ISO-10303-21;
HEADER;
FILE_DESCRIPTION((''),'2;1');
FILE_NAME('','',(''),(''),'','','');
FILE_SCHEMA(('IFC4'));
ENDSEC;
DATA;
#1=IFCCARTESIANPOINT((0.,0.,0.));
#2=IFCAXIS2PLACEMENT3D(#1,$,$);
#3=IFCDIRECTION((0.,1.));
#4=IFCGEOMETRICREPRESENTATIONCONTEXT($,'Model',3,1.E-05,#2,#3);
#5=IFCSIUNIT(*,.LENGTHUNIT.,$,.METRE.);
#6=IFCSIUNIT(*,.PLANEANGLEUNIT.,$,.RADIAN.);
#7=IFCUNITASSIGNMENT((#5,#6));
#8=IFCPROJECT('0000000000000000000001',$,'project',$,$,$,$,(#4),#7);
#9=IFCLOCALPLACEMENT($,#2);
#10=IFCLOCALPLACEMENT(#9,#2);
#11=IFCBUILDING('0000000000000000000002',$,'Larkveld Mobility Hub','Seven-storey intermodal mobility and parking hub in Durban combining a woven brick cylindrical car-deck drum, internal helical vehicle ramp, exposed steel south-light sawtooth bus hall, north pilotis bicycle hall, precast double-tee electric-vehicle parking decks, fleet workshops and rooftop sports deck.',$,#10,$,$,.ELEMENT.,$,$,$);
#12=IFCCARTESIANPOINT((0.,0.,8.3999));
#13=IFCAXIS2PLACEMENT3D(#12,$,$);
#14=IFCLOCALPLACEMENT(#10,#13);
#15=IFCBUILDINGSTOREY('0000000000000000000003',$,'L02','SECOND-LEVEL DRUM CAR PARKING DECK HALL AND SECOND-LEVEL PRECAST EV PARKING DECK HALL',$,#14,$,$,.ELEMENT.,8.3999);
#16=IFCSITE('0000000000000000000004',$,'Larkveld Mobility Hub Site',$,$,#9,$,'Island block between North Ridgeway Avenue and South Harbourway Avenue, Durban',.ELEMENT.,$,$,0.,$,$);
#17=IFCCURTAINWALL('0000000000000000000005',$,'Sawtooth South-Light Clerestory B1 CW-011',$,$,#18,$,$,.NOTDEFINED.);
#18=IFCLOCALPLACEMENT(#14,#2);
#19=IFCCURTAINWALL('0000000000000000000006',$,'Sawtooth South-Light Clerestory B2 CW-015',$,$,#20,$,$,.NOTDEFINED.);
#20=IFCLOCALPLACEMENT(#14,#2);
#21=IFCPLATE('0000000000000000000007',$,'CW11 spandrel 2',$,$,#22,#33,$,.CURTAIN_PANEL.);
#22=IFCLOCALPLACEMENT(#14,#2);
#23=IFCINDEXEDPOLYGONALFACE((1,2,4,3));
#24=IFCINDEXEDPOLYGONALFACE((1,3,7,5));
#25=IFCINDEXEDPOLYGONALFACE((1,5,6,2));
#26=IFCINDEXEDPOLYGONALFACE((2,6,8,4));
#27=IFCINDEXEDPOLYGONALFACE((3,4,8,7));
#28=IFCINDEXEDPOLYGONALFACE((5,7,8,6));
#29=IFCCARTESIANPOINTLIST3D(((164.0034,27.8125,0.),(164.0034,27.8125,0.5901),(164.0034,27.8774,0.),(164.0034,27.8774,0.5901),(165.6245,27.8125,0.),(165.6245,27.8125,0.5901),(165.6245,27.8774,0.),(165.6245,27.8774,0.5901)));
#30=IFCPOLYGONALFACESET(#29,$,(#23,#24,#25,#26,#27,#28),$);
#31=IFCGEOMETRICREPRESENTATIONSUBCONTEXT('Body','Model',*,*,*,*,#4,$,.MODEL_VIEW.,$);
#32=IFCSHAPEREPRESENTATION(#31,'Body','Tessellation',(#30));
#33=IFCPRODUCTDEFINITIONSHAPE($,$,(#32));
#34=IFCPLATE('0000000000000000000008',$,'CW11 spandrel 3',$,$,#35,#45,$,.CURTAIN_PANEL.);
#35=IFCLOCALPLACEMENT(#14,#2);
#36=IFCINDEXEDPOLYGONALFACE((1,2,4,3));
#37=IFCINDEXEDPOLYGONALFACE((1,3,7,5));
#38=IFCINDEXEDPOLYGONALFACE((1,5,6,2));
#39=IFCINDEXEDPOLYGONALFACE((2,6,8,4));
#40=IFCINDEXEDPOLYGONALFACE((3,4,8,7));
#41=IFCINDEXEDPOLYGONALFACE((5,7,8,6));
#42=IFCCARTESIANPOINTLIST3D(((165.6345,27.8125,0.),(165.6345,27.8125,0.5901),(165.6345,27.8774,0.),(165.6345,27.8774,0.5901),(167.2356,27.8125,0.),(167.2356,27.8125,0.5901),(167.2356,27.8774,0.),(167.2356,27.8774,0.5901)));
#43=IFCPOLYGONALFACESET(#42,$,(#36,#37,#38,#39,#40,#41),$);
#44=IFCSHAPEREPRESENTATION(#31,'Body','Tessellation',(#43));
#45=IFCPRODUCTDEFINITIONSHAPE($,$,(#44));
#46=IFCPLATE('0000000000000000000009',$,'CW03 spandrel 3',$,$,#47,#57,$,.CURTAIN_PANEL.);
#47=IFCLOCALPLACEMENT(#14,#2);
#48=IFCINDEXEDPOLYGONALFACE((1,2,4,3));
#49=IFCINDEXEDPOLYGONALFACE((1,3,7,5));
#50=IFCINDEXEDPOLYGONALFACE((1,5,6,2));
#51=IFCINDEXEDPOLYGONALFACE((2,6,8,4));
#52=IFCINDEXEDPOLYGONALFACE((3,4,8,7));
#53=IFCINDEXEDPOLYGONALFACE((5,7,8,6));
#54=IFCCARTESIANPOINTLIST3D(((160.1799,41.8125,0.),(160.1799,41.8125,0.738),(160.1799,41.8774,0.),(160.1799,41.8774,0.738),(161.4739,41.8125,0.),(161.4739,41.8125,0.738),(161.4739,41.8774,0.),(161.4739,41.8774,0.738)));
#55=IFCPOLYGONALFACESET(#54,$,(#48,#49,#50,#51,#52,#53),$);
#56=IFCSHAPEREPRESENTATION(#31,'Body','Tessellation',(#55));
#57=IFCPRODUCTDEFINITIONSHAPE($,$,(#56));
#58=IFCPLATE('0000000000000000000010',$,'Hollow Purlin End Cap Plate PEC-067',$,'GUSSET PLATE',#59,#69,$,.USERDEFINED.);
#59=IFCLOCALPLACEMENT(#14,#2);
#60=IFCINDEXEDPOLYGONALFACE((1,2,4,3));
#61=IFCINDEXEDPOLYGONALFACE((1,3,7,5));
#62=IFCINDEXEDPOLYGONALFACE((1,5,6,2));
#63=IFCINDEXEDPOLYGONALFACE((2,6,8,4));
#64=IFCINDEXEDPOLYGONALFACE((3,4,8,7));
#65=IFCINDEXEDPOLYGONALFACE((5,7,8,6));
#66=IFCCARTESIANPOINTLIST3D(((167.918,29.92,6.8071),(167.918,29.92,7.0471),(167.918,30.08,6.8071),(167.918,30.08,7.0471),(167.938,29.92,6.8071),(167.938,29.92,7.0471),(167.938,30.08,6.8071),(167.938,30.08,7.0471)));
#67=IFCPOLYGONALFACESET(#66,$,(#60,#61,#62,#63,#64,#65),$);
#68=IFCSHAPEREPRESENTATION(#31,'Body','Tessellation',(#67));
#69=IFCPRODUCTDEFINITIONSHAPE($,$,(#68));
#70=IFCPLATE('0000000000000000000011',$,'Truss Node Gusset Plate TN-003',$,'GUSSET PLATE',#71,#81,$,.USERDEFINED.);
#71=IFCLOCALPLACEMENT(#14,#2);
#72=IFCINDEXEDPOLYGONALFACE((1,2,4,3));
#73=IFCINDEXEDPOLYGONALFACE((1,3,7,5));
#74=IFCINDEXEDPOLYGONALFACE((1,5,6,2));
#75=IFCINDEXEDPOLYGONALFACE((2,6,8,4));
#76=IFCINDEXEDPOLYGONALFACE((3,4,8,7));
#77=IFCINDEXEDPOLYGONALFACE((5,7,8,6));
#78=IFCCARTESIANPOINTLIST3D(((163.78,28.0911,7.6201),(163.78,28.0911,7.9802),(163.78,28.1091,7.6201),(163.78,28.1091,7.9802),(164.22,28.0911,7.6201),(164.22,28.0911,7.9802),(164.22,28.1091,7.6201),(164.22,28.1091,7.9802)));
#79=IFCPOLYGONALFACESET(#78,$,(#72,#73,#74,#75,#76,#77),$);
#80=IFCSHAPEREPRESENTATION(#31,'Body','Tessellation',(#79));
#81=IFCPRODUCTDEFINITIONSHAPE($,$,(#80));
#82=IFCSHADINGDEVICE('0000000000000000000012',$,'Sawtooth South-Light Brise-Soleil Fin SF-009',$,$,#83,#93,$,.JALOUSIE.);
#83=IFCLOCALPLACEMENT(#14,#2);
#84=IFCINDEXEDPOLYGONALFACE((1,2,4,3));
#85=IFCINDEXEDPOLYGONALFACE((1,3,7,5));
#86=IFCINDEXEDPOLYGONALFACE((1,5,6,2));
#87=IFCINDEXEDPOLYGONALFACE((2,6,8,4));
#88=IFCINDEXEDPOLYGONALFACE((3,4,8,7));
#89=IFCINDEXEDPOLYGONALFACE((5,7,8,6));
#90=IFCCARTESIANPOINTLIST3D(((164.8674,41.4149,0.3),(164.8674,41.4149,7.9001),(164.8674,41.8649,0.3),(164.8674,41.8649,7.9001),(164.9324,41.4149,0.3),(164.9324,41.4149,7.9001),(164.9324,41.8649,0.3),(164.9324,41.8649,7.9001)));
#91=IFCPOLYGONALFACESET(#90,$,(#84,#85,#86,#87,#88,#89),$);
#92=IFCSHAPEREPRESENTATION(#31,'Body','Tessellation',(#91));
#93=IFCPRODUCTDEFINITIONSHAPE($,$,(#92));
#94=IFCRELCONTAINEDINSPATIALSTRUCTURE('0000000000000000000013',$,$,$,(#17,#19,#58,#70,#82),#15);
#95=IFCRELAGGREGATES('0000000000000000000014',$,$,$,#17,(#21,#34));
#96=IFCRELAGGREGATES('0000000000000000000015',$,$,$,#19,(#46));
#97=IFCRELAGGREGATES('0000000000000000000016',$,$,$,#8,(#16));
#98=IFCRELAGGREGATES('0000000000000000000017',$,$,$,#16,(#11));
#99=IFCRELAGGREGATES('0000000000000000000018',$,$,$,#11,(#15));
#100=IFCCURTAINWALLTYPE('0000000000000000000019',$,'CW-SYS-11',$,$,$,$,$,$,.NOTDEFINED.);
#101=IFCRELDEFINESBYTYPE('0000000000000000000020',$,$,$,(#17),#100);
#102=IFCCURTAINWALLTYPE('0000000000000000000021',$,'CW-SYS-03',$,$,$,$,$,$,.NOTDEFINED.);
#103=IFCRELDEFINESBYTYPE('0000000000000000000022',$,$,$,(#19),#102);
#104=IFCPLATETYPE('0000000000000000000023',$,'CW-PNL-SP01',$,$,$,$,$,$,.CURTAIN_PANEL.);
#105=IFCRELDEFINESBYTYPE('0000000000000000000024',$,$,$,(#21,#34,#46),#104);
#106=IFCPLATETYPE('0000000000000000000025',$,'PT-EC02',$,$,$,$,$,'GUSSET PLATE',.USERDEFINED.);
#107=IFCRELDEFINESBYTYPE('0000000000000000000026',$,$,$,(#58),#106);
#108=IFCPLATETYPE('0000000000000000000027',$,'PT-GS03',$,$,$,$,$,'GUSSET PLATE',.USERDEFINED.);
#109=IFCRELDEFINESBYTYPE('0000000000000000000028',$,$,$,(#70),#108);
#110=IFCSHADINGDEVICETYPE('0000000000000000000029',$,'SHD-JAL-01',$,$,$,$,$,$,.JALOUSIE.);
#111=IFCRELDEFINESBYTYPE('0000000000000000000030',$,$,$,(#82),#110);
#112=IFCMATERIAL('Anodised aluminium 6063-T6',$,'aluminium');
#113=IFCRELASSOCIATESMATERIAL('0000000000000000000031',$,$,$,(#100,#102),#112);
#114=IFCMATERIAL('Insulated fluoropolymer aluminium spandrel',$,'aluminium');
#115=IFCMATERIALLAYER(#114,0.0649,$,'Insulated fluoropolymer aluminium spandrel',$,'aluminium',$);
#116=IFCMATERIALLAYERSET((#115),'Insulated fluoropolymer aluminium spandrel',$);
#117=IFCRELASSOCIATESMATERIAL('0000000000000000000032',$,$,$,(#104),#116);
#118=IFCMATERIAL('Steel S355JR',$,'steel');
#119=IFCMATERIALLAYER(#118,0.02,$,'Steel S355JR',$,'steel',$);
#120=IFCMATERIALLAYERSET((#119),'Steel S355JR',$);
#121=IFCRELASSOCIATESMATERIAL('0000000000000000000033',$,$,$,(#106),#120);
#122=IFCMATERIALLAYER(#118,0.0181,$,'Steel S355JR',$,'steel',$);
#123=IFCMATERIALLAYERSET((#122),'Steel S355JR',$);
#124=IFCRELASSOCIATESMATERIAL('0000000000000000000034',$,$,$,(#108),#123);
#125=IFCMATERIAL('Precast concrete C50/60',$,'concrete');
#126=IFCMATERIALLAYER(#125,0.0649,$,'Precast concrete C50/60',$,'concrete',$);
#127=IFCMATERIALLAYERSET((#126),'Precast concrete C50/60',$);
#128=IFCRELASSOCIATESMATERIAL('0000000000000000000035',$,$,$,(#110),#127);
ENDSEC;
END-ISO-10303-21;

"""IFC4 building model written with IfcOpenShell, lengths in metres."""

from ifc_helpers import new_model, si_unit, direction, frame, origin, origin_2d, place, context, subcontext, project, spatial, rectangle, extrude, material, layer, layer_set, type_object, element, aggregate, save


model = new_model("IFC4")

# Units and contexts
model_context = context("Model", 3, precision=1e-05, world=origin(), true_north=direction((0.0, 1.0)))
body_context = subcontext(model_context, "Body", "Model", "MODEL_VIEW")
ifc_project = project(units=[si_unit("LENGTHUNIT", "METRE"), si_unit("PLANEANGLEUNIT", "RADIAN")], contexts=[model_context])

# Site, building, storey
site_placement = place(None, origin())
site = spatial("IfcSite", under=ifc_project, at=site_placement, Name="Larkveld Mobility Hub Site", LongName="Island block between North Ridgeway Avenue and South Harbourway Avenue, Durban", CompositionType="ELEMENT", RefElevation=0.0)
building_placement = place(site_placement, origin())
building = spatial("IfcBuilding", under=site, at=building_placement, Name="Larkveld Mobility Hub", Description="Seven-storey intermodal mobility and parking hub in Durban combining a woven brick cylindrical car-deck drum, internal helical vehicle ramp, exposed steel south-light sawtooth bus hall, north pilotis bicycle hall, precast double-tee electric-vehicle parking decks, fleet workshops and rooftop sports deck.", CompositionType="ELEMENT")
storey_placement = place(building_placement, frame((0.0, 0.0, 8.3999)))
storey = spatial("IfcBuildingStorey", under=building, at=storey_placement, Name="L02", Description="SECOND-LEVEL DRUM CAR PARKING DECK HALL AND SECOND-LEVEL PRECAST EV PARKING DECK HALL", CompositionType="ELEMENT", Elevation=8.3999)

# Curtain walls
ifc_material_1 = material(Name="Anodised aluminium 6063-T6", Category="aluminium")
curtain_wall_type_1 = type_object("IfcCurtainWallType", Name="CW-SYS-11", PredefinedType="NOTDEFINED", material=ifc_material_1)
curtain_wall_1_placement = place(storey_placement, origin())
curtain_wall_1 = element("IfcCurtainWall", 1, at=curtain_wall_1_placement, inside=storey, type_object=curtain_wall_type_1, Name="Sawtooth South-Light Clerestory B1 CW-011", PredefinedType="NOTDEFINED")
curtain_wall_type_2 = type_object("IfcCurtainWallType", Name="CW-SYS-03", PredefinedType="NOTDEFINED", material=ifc_material_1)
curtain_wall_2_placement = place(storey_placement, origin())
curtain_wall_2 = element("IfcCurtainWall", 2, at=curtain_wall_2_placement, inside=storey, type_object=curtain_wall_type_2, Name="Sawtooth South-Light Clerestory B2 CW-015", PredefinedType="NOTDEFINED")

# Shared definitions
ifc_material_2 = material(Name="Steel S355JR", Category="steel")

# Plates
ifc_material_3 = material(Name="Insulated fluoropolymer aluminium spandrel", Category="aluminium")
ifc_layer_1 = layer(ifc_material_3, 0.0649, Name="Insulated fluoropolymer aluminium spandrel", Category="aluminium")
ifc_layer_set_1 = layer_set([ifc_layer_1], Name="Insulated fluoropolymer aluminium spandrel")
plate_type_1 = type_object("IfcPlateType", Name="CW-PNL-SP01", PredefinedType="CURTAIN_PANEL", material=ifc_layer_set_1)
plate_1_placement = place(storey_placement, frame((164.814, 27.845, 0.0), z_axis=(0.0, 0.0, 1.0), x_axis=(1.0, 0.0, 0.0)))
plate_1 = element("IfcPlate", 3, at=plate_1_placement, type_object=plate_type_1, Name="CW11 spandrel 2", PredefinedType="CURTAIN_PANEL", context=body_context, shape_type="SweptSolid", body=[
    extrude(rectangle(XDim=1.6211, YDim=0.0649, at=origin_2d()), origin(), (0.0, 0.0, 1.0), 0.5901),
])
plate_2_placement = place(storey_placement, frame((166.4351, 27.845, 0.0), z_axis=(0.0, 0.0, 1.0), x_axis=(1.0, 0.0, 0.0)))
plate_2 = element("IfcPlate", 4, at=plate_2_placement, type_object=plate_type_1, Name="CW11 spandrel 3", PredefinedType="CURTAIN_PANEL", context=body_context, shape_type="SweptSolid", body=[
    extrude(rectangle(XDim=1.6011, YDim=0.0649, at=origin_2d()), origin(), (0.0, 0.0, 1.0), 0.5901),
])
aggregate(curtain_wall_1, [plate_1, plate_2])
plate_3_placement = place(storey_placement, frame((160.8269, 41.845, 0.0), z_axis=(0.0, 0.0, 1.0), x_axis=(1.0, 0.0, 0.0)))
plate_3 = element("IfcPlate", 5, at=plate_3_placement, type_object=plate_type_1, Name="CW03 spandrel 3", PredefinedType="CURTAIN_PANEL", context=body_context, shape_type="SweptSolid", body=[
    extrude(rectangle(XDim=1.2939, YDim=0.0649, at=origin_2d()), origin(), (0.0, 0.0, 1.0), 0.738),
])
aggregate(curtain_wall_2, [plate_3])

# Plates
ifc_layer_2 = layer(ifc_material_2, 0.02, Name="Steel S355JR", Category="steel")
ifc_layer_set_2 = layer_set([ifc_layer_2], Name="Steel S355JR")
plate_type_2 = type_object("IfcPlateType", Name="PT-EC02", ElementType="GUSSET PLATE", PredefinedType="USERDEFINED", material=ifc_layer_set_2)
plate_4_placement = place(storey_placement, frame((167.928, 30.0, 6.8071), z_axis=(0.0, 0.0, 1.0), x_axis=(1.0, 0.0, 0.0)))
element("IfcPlate", 6, at=plate_4_placement, inside=storey, type_object=plate_type_2, Name="Hollow Purlin End Cap Plate PEC-067", ObjectType="GUSSET PLATE", PredefinedType="USERDEFINED", context=body_context, shape_type="SweptSolid", body=[
    extrude(rectangle(XDim=0.02, YDim=0.1599, at=origin_2d()), origin(), (0.0, 0.0, 1.0), 0.24),
])
ifc_layer_3 = layer(ifc_material_2, 0.0181, Name="Steel S355JR", Category="steel")
ifc_layer_set_3 = layer_set([ifc_layer_3], Name="Steel S355JR")
plate_type_3 = type_object("IfcPlateType", Name="PT-GS03", ElementType="GUSSET PLATE", PredefinedType="USERDEFINED", material=ifc_layer_set_3)
plate_5_placement = place(storey_placement, frame((164.0, 28.1001, 7.6201), z_axis=(0.0, 0.0, 1.0), x_axis=(1.0, 0.0, 0.0)))
element("IfcPlate", 7, at=plate_5_placement, inside=storey, type_object=plate_type_3, Name="Truss Node Gusset Plate TN-003", ObjectType="GUSSET PLATE", PredefinedType="USERDEFINED", context=body_context, shape_type="SweptSolid", body=[
    extrude(rectangle(XDim=0.4399, YDim=0.0181, at=origin_2d()), origin(), (0.0, 0.0, 1.0), 0.3601),
])

# Shading device
ifc_material_4 = material(Name="Precast concrete C50/60", Category="concrete")
ifc_layer_4 = layer(ifc_material_4, 0.0649, Name="Precast concrete C50/60", Category="concrete")
ifc_layer_set_4 = layer_set([ifc_layer_4], Name="Precast concrete C50/60")
shading_device_type = type_object("IfcShadingDeviceType", Name="SHD-JAL-01", PredefinedType="JALOUSIE", material=ifc_layer_set_4)
shading_device_placement = place(storey_placement, frame((164.8999, 41.6399, 0.3), z_axis=(0.0, 0.0, 1.0), x_axis=(1.0, 0.0, 0.0)))
element("IfcShadingDevice", 8, at=shading_device_placement, inside=storey, type_object=shading_device_type, Name="Sawtooth South-Light Brise-Soleil Fin SF-009", PredefinedType="JALOUSIE", context=body_context, shape_type="SweptSolid", body=[
    extrude(rectangle(XDim=0.0649, YDim=0.45, at=origin_2d()), origin(), (0.0, 0.0, 1.0), 7.6001),
])

save(model, "model.ifc")
